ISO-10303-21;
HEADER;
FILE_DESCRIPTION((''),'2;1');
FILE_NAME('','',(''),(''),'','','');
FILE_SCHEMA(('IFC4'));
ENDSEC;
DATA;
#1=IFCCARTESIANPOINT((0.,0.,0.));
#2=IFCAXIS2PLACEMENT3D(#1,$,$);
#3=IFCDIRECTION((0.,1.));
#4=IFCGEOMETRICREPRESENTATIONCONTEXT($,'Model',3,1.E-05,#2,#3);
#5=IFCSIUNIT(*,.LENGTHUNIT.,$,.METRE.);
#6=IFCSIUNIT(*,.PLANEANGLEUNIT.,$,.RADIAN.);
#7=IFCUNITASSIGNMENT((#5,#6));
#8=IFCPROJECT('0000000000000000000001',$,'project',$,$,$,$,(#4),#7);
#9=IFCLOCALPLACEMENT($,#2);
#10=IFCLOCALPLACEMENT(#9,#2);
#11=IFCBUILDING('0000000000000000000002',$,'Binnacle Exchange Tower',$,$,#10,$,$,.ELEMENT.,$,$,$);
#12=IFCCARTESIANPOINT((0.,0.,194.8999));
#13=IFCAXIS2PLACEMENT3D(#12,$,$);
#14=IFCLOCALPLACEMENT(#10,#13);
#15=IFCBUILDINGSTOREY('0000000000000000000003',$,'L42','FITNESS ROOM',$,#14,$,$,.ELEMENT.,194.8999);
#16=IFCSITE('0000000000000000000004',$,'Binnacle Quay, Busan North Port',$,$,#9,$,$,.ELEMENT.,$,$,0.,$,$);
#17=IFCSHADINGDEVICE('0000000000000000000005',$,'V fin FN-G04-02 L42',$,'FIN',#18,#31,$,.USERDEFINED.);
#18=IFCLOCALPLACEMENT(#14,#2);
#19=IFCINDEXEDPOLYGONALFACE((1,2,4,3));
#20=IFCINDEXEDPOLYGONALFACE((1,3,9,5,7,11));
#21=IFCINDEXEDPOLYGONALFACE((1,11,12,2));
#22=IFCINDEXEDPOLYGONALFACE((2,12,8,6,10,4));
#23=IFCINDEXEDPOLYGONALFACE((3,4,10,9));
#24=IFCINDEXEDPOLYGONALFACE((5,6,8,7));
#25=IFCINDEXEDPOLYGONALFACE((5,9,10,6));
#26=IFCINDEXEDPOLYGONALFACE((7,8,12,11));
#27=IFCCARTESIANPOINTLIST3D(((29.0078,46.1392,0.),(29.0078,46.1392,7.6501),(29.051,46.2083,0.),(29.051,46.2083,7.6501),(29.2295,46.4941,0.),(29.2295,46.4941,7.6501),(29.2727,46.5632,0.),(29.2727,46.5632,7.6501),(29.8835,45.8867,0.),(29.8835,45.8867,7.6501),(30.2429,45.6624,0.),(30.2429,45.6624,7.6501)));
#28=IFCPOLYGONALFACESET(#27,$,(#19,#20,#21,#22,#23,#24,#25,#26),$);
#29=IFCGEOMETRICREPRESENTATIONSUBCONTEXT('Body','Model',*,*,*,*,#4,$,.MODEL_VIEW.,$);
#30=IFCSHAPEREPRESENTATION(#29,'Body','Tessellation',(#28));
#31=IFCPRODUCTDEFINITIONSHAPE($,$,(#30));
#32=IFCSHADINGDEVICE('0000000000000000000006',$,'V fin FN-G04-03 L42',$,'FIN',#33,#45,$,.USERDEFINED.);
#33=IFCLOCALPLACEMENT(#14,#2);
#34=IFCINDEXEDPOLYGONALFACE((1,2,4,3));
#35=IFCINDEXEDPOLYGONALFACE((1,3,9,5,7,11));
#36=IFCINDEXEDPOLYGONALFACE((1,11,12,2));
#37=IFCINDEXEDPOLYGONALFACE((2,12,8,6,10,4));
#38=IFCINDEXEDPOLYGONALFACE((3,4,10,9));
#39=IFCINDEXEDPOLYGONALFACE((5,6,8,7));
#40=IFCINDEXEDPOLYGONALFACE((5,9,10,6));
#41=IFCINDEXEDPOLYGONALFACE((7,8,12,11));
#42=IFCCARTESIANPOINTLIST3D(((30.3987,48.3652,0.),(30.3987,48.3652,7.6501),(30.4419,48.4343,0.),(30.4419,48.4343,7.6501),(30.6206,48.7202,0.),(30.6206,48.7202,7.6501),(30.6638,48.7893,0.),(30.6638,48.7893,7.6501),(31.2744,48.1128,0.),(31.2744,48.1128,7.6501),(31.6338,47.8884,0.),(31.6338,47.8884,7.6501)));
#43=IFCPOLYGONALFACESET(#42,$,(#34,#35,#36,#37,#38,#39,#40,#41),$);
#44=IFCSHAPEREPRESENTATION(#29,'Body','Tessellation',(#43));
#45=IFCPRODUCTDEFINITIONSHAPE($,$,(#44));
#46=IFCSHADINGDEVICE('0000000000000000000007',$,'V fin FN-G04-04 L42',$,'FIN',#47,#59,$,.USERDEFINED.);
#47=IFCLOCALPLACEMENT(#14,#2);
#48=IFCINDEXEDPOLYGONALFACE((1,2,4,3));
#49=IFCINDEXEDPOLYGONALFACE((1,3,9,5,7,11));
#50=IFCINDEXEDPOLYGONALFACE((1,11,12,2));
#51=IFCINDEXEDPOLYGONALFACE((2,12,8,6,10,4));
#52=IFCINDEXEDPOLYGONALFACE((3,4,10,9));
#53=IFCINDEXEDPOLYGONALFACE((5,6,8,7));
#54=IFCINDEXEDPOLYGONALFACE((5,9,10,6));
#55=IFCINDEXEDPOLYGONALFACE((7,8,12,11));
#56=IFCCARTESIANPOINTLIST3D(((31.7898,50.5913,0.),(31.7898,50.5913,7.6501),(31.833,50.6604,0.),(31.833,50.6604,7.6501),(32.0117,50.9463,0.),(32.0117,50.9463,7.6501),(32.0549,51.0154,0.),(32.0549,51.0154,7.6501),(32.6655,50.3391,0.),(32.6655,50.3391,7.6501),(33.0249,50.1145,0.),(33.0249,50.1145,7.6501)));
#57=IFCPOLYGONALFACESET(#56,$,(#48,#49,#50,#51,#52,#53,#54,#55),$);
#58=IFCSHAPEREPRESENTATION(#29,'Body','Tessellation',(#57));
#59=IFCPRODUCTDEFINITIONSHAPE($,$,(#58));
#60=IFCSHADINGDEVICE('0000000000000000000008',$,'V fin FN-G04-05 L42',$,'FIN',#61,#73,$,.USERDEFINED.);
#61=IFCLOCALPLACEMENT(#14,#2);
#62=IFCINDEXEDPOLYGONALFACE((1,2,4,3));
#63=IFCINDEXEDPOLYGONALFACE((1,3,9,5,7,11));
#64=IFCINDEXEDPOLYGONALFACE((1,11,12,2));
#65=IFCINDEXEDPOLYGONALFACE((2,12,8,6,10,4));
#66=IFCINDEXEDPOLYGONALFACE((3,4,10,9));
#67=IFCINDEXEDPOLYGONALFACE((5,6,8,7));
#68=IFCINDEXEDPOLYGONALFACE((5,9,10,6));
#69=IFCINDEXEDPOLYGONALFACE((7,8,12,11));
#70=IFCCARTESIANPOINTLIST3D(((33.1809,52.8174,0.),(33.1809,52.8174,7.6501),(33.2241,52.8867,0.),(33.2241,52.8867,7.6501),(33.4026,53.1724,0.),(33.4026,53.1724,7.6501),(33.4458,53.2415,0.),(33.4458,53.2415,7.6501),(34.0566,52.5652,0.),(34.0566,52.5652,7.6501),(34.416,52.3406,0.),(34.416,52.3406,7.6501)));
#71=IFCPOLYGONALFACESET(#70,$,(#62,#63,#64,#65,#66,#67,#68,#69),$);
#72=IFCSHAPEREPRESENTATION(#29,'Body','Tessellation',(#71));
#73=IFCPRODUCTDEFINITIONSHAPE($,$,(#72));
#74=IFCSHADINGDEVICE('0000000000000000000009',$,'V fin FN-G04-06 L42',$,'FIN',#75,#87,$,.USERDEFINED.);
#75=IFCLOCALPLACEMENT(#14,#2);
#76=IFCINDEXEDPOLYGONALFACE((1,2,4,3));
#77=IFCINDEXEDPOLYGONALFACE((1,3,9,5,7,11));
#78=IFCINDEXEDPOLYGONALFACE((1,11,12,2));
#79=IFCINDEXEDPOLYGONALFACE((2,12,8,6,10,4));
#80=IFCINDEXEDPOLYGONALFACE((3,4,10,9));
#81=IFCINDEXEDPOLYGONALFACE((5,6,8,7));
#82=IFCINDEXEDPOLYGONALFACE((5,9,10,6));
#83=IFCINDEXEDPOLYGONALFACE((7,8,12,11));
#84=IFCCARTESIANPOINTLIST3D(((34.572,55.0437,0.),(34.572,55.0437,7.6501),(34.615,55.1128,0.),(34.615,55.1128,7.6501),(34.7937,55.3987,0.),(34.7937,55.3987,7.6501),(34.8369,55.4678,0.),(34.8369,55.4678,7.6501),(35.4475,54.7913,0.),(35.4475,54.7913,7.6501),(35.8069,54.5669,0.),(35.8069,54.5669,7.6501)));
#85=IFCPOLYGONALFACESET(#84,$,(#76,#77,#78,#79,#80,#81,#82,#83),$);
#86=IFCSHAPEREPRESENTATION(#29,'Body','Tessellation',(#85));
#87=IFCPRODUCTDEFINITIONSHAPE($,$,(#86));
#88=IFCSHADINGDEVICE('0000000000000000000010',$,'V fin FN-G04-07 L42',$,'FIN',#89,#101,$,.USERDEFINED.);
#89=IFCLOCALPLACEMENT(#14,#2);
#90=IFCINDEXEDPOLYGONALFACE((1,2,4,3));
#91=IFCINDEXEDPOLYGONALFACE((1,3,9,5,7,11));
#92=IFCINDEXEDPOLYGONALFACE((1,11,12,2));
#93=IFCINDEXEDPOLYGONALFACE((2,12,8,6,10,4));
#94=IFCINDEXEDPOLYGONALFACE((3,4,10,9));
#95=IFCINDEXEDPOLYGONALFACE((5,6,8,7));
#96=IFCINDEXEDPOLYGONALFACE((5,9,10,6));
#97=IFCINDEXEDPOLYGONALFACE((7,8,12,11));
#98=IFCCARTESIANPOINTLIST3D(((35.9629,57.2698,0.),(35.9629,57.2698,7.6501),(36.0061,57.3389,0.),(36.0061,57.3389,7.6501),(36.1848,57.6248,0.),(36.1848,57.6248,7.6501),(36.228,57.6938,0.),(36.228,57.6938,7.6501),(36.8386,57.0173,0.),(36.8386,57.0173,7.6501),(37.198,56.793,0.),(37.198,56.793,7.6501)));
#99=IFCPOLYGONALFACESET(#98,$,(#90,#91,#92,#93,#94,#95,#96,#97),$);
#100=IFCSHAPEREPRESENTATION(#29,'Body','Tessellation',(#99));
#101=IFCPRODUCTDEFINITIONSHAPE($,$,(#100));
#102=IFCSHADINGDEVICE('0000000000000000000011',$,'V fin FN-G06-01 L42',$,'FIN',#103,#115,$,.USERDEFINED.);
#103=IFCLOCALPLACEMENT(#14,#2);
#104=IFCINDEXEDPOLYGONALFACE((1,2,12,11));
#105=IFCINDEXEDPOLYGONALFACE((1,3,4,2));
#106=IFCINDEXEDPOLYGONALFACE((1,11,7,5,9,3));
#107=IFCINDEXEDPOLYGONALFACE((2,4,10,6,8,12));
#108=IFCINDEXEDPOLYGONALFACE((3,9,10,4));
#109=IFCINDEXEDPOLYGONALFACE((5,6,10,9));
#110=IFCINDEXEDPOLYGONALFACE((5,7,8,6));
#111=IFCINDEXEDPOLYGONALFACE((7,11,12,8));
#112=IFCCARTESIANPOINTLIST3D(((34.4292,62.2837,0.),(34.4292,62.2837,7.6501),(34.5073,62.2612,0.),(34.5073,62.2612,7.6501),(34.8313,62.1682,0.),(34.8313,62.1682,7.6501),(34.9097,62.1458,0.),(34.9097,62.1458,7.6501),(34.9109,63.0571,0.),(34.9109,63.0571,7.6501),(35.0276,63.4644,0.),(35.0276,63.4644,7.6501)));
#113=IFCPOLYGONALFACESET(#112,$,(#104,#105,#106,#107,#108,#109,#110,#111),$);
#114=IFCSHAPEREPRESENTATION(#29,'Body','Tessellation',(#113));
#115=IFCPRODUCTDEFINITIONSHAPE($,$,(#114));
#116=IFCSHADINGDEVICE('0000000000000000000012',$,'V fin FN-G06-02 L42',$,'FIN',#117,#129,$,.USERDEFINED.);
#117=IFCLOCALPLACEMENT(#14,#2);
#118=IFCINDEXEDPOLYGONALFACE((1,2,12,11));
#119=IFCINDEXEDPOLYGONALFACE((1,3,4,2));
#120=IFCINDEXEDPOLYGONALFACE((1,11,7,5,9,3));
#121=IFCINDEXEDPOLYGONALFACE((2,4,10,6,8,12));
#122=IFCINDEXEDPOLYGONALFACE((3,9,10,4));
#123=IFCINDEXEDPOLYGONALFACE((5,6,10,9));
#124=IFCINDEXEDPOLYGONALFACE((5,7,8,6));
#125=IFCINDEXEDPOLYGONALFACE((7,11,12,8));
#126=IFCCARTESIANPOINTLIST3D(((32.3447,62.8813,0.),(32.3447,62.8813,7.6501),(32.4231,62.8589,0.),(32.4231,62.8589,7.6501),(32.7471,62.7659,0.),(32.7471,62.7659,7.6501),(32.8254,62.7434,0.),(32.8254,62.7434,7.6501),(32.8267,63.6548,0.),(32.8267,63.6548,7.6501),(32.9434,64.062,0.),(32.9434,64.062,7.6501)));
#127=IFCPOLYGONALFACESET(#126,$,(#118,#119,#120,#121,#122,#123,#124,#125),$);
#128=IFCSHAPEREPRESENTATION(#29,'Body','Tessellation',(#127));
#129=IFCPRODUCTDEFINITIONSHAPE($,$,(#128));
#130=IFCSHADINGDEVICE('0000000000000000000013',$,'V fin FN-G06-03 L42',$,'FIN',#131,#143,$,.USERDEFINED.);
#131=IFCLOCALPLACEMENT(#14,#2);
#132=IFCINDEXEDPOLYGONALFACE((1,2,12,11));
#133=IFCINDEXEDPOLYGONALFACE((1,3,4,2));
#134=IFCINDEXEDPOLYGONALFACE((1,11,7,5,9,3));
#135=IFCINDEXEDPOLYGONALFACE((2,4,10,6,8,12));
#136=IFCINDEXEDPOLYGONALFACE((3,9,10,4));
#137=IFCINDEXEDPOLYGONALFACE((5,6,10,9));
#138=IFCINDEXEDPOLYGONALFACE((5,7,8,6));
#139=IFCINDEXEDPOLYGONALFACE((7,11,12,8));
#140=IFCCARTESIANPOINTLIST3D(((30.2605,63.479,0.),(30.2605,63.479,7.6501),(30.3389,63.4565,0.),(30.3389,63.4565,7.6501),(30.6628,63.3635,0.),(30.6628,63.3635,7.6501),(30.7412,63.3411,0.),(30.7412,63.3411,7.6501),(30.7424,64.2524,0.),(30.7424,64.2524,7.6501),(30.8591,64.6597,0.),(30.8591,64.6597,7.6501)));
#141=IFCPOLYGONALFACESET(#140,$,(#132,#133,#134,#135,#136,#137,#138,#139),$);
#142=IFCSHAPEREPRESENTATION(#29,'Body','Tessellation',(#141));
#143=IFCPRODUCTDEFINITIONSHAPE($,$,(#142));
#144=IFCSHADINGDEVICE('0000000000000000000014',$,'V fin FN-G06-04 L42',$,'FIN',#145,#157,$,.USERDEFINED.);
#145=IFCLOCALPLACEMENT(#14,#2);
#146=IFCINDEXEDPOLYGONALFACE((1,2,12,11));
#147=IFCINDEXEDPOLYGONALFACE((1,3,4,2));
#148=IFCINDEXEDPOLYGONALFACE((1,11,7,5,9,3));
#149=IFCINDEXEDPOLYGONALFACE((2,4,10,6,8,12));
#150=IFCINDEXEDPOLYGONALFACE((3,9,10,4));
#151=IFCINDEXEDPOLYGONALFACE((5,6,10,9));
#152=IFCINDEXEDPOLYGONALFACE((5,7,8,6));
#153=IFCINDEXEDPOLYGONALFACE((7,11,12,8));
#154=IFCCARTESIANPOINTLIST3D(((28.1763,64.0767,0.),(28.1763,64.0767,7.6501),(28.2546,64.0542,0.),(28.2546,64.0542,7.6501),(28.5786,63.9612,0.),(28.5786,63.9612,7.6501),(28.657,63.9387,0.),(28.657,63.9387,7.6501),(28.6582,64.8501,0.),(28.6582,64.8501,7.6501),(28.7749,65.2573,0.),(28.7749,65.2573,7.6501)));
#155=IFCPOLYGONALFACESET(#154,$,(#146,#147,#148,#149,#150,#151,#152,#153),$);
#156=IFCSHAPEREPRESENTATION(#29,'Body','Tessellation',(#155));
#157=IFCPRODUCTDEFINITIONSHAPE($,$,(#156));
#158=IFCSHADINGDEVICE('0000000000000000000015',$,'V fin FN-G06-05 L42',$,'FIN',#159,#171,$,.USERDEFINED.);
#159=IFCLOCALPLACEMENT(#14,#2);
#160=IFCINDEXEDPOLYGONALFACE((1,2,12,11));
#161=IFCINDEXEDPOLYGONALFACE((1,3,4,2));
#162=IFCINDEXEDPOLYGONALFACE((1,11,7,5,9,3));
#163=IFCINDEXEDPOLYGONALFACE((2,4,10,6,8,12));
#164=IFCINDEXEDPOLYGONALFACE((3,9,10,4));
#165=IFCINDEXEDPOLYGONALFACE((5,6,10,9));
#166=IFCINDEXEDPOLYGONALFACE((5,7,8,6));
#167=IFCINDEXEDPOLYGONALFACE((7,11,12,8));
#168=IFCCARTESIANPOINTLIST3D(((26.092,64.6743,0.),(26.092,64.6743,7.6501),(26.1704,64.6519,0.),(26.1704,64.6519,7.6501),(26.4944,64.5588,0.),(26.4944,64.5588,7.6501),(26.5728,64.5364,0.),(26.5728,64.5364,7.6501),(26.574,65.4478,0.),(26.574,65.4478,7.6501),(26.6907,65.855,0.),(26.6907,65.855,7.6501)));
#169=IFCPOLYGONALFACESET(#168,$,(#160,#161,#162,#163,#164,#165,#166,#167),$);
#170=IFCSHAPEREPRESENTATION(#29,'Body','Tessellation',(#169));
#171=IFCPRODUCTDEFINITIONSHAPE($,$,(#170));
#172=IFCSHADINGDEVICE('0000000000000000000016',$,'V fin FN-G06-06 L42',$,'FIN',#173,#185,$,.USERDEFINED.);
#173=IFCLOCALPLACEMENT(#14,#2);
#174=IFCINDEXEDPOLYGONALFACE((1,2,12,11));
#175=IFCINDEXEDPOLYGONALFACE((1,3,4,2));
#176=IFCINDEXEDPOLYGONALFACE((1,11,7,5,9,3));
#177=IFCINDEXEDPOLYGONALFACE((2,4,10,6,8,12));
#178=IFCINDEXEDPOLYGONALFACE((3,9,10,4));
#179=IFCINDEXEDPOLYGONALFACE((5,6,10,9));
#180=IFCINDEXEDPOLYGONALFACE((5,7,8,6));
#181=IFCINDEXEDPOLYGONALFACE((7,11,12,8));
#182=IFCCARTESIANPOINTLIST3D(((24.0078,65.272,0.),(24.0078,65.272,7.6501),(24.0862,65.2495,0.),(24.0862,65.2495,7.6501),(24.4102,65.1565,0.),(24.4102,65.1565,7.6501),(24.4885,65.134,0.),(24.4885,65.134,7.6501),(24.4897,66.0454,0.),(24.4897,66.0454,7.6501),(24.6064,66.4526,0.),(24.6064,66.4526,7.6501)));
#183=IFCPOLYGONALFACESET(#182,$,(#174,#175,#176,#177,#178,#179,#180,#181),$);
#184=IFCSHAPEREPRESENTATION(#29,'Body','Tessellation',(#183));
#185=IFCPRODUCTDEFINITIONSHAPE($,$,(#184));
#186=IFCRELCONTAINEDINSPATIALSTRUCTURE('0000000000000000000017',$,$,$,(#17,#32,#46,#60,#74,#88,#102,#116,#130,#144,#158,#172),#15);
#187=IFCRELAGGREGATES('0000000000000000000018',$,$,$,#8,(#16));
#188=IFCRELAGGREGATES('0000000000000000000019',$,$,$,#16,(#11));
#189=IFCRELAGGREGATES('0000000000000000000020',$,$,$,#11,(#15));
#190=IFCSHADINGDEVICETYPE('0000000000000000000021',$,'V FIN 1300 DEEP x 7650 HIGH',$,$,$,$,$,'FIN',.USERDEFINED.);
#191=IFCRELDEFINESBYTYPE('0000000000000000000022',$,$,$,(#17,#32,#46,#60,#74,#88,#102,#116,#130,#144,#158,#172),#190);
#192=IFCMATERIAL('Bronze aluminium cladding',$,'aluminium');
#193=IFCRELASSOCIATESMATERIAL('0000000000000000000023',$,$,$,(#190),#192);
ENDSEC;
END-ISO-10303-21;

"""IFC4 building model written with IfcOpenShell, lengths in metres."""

from ifc_helpers import new_model, si_unit, direction, frame, origin, place, context, subcontext, project, spatial, polyline, outline, extrude, material, type_object, element, save


model = new_model("IFC4")

# Units and contexts
model_context = context("Model", 3, precision=1e-05, world=origin(), true_north=direction((0.0, 1.0)))
body_context = subcontext(model_context, "Body", "Model", "MODEL_VIEW")
ifc_project = project(units=[si_unit("LENGTHUNIT", "METRE"), si_unit("PLANEANGLEUNIT", "RADIAN")], contexts=[model_context])

# Site, building, storey
site_placement = place(None, origin())
site = spatial("IfcSite", under=ifc_project, at=site_placement, Name="Binnacle Quay, Busan North Port", CompositionType="ELEMENT", RefElevation=0.0)
building_placement = place(site_placement, origin())
building = spatial("IfcBuilding", under=site, at=building_placement, Name="Binnacle Exchange Tower", CompositionType="ELEMENT")
storey_placement = place(building_placement, frame((0.0, 0.0, 194.8999)))
storey = spatial("IfcBuildingStorey", under=building, at=storey_placement, Name="L42", Description="FITNESS ROOM", CompositionType="ELEMENT", Elevation=194.8999)

# Shading devices
ifc_material_1 = material(Name="Bronze aluminium cladding", Category="aluminium")
shading_device_type_1 = type_object("IfcShadingDeviceType", Name="V FIN 1300 DEEP x 7650 HIGH", ElementType="FIN", PredefinedType="USERDEFINED", material=ifc_material_1)
shading_device_1_placement = place(storey_placement, origin())
element("IfcShadingDevice", 1, at=shading_device_1_placement, inside=storey, type_object=shading_device_type_1, Name="V fin FN-G04-02 L42", ObjectType="FIN", PredefinedType="USERDEFINED", context=body_context, shape_type="SweptSolid", body=[
    extrude(outline(polyline([(29.0078, 46.1392), (30.2429, 45.6624), (29.2727, 46.5632), (29.2295, 46.4941), (29.8835, 45.8867), (29.051, 46.2083), (29.0078, 46.1392)])), origin(), (0.0, 0.0, 1.0), 7.6501),
])
shading_device_2_placement = place(storey_placement, origin())
element("IfcShadingDevice", 2, at=shading_device_2_placement, inside=storey, type_object=shading_device_type_1, Name="V fin FN-G04-03 L42", ObjectType="FIN", PredefinedType="USERDEFINED", context=body_context, shape_type="SweptSolid", body=[
    extrude(outline(polyline([(30.3987, 48.3652), (31.6338, 47.8884), (30.6638, 48.7893), (30.6206, 48.7202), (31.2744, 48.1128), (30.4419, 48.4343), (30.3987, 48.3652)])), origin(), (0.0, 0.0, 1.0), 7.6501),
])
shading_device_3_placement = place(storey_placement, origin())
element("IfcShadingDevice", 3, at=shading_device_3_placement, inside=storey, type_object=shading_device_type_1, Name="V fin FN-G04-04 L42", ObjectType="FIN", PredefinedType="USERDEFINED", context=body_context, shape_type="SweptSolid", body=[
    extrude(outline(polyline([(31.7898, 50.5913), (33.0249, 50.1145), (32.0549, 51.0154), (32.0117, 50.9463), (32.6655, 50.3391), (31.833, 50.6604), (31.7898, 50.5913)])), origin(), (0.0, 0.0, 1.0), 7.6501),
])
shading_device_4_placement = place(storey_placement, origin())
element("IfcShadingDevice", 4, at=shading_device_4_placement, inside=storey, type_object=shading_device_type_1, Name="V fin FN-G04-05 L42", ObjectType="FIN", PredefinedType="USERDEFINED", context=body_context, shape_type="SweptSolid", body=[
    extrude(outline(polyline([(33.1809, 52.8174), (34.416, 52.3406), (33.4458, 53.2415), (33.4026, 53.1724), (34.0566, 52.5652), (33.2241, 52.8867), (33.1809, 52.8174)])), origin(), (0.0, 0.0, 1.0), 7.6501),
])
shading_device_5_placement = place(storey_placement, origin())
element("IfcShadingDevice", 5, at=shading_device_5_placement, inside=storey, type_object=shading_device_type_1, Name="V fin FN-G04-06 L42", ObjectType="FIN", PredefinedType="USERDEFINED", context=body_context, shape_type="SweptSolid", body=[
    extrude(outline(polyline([(34.572, 55.0437), (35.8069, 54.5669), (34.8369, 55.4678), (34.7937, 55.3987), (35.4475, 54.7913), (34.615, 55.1128), (34.572, 55.0437)])), origin(), (0.0, 0.0, 1.0), 7.6501),
])
shading_device_6_placement = place(storey_placement, origin())
element("IfcShadingDevice", 6, at=shading_device_6_placement, inside=storey, type_object=shading_device_type_1, Name="V fin FN-G04-07 L42", ObjectType="FIN", PredefinedType="USERDEFINED", context=body_context, shape_type="SweptSolid", body=[
    extrude(outline(polyline([(35.9629, 57.2698), (37.198, 56.793), (36.228, 57.6938), (36.1848, 57.6248), (36.8386, 57.0173), (36.0061, 57.3389), (35.9629, 57.2698)])), origin(), (0.0, 0.0, 1.0), 7.6501),
])
shading_device_7_placement = place(storey_placement, origin())
element("IfcShadingDevice", 7, at=shading_device_7_placement, inside=storey, type_object=shading_device_type_1, Name="V fin FN-G06-01 L42", ObjectType="FIN", PredefinedType="USERDEFINED", context=body_context, shape_type="SweptSolid", body=[
    extrude(outline(polyline([(34.9097, 62.1458), (35.0276, 63.4644), (34.4292, 62.2837), (34.5073, 62.2612), (34.9109, 63.0571), (34.8313, 62.1682), (34.9097, 62.1458)])), origin(), (0.0, 0.0, 1.0), 7.6501),
])
shading_device_8_placement = place(storey_placement, origin())
element("IfcShadingDevice", 8, at=shading_device_8_placement, inside=storey, type_object=shading_device_type_1, Name="V fin FN-G06-02 L42", ObjectType="FIN", PredefinedType="USERDEFINED", context=body_context, shape_type="SweptSolid", body=[
    extrude(outline(polyline([(32.8254, 62.7434), (32.9434, 64.062), (32.3447, 62.8813), (32.4231, 62.8589), (32.8267, 63.6548), (32.7471, 62.7659), (32.8254, 62.7434)])), origin(), (0.0, 0.0, 1.0), 7.6501),
])
shading_device_9_placement = place(storey_placement, origin())
element("IfcShadingDevice", 9, at=shading_device_9_placement, inside=storey, type_object=shading_device_type_1, Name="V fin FN-G06-03 L42", ObjectType="FIN", PredefinedType="USERDEFINED", context=body_context, shape_type="SweptSolid", body=[
    extrude(outline(polyline([(30.7412, 63.3411), (30.8591, 64.6597), (30.2605, 63.479), (30.3389, 63.4565), (30.7424, 64.2524), (30.6628, 63.3635), (30.7412, 63.3411)])), origin(), (0.0, 0.0, 1.0), 7.6501),
])
shading_device_10_placement = place(storey_placement, origin())
element("IfcShadingDevice", 10, at=shading_device_10_placement, inside=storey, type_object=shading_device_type_1, Name="V fin FN-G06-04 L42", ObjectType="FIN", PredefinedType="USERDEFINED", context=body_context, shape_type="SweptSolid", body=[
    extrude(outline(polyline([(28.657, 63.9387), (28.7749, 65.2573), (28.1763, 64.0767), (28.2546, 64.0542), (28.6582, 64.8501), (28.5786, 63.9612), (28.657, 63.9387)])), origin(), (0.0, 0.0, 1.0), 7.6501),
])
shading_device_11_placement = place(storey_placement, origin())
element("IfcShadingDevice", 11, at=shading_device_11_placement, inside=storey, type_object=shading_device_type_1, Name="V fin FN-G06-05 L42", ObjectType="FIN", PredefinedType="USERDEFINED", context=body_context, shape_type="SweptSolid", body=[
    extrude(outline(polyline([(26.5728, 64.5364), (26.6907, 65.855), (26.092, 64.6743), (26.1704, 64.6519), (26.574, 65.4478), (26.4944, 64.5588), (26.5728, 64.5364)])), origin(), (0.0, 0.0, 1.0), 7.6501),
])
shading_device_12_placement = place(storey_placement, origin())
element("IfcShadingDevice", 12, at=shading_device_12_placement, inside=storey, type_object=shading_device_type_1, Name="V fin FN-G06-06 L42", ObjectType="FIN", PredefinedType="USERDEFINED", context=body_context, shape_type="SweptSolid", body=[
    extrude(outline(polyline([(24.4885, 65.134), (24.6064, 66.4526), (24.0078, 65.272), (24.0862, 65.2495), (24.4897, 66.0454), (24.4102, 65.1565), (24.4885, 65.134)])), origin(), (0.0, 0.0, 1.0), 7.6501),
])

save(model, "model.ifc")
